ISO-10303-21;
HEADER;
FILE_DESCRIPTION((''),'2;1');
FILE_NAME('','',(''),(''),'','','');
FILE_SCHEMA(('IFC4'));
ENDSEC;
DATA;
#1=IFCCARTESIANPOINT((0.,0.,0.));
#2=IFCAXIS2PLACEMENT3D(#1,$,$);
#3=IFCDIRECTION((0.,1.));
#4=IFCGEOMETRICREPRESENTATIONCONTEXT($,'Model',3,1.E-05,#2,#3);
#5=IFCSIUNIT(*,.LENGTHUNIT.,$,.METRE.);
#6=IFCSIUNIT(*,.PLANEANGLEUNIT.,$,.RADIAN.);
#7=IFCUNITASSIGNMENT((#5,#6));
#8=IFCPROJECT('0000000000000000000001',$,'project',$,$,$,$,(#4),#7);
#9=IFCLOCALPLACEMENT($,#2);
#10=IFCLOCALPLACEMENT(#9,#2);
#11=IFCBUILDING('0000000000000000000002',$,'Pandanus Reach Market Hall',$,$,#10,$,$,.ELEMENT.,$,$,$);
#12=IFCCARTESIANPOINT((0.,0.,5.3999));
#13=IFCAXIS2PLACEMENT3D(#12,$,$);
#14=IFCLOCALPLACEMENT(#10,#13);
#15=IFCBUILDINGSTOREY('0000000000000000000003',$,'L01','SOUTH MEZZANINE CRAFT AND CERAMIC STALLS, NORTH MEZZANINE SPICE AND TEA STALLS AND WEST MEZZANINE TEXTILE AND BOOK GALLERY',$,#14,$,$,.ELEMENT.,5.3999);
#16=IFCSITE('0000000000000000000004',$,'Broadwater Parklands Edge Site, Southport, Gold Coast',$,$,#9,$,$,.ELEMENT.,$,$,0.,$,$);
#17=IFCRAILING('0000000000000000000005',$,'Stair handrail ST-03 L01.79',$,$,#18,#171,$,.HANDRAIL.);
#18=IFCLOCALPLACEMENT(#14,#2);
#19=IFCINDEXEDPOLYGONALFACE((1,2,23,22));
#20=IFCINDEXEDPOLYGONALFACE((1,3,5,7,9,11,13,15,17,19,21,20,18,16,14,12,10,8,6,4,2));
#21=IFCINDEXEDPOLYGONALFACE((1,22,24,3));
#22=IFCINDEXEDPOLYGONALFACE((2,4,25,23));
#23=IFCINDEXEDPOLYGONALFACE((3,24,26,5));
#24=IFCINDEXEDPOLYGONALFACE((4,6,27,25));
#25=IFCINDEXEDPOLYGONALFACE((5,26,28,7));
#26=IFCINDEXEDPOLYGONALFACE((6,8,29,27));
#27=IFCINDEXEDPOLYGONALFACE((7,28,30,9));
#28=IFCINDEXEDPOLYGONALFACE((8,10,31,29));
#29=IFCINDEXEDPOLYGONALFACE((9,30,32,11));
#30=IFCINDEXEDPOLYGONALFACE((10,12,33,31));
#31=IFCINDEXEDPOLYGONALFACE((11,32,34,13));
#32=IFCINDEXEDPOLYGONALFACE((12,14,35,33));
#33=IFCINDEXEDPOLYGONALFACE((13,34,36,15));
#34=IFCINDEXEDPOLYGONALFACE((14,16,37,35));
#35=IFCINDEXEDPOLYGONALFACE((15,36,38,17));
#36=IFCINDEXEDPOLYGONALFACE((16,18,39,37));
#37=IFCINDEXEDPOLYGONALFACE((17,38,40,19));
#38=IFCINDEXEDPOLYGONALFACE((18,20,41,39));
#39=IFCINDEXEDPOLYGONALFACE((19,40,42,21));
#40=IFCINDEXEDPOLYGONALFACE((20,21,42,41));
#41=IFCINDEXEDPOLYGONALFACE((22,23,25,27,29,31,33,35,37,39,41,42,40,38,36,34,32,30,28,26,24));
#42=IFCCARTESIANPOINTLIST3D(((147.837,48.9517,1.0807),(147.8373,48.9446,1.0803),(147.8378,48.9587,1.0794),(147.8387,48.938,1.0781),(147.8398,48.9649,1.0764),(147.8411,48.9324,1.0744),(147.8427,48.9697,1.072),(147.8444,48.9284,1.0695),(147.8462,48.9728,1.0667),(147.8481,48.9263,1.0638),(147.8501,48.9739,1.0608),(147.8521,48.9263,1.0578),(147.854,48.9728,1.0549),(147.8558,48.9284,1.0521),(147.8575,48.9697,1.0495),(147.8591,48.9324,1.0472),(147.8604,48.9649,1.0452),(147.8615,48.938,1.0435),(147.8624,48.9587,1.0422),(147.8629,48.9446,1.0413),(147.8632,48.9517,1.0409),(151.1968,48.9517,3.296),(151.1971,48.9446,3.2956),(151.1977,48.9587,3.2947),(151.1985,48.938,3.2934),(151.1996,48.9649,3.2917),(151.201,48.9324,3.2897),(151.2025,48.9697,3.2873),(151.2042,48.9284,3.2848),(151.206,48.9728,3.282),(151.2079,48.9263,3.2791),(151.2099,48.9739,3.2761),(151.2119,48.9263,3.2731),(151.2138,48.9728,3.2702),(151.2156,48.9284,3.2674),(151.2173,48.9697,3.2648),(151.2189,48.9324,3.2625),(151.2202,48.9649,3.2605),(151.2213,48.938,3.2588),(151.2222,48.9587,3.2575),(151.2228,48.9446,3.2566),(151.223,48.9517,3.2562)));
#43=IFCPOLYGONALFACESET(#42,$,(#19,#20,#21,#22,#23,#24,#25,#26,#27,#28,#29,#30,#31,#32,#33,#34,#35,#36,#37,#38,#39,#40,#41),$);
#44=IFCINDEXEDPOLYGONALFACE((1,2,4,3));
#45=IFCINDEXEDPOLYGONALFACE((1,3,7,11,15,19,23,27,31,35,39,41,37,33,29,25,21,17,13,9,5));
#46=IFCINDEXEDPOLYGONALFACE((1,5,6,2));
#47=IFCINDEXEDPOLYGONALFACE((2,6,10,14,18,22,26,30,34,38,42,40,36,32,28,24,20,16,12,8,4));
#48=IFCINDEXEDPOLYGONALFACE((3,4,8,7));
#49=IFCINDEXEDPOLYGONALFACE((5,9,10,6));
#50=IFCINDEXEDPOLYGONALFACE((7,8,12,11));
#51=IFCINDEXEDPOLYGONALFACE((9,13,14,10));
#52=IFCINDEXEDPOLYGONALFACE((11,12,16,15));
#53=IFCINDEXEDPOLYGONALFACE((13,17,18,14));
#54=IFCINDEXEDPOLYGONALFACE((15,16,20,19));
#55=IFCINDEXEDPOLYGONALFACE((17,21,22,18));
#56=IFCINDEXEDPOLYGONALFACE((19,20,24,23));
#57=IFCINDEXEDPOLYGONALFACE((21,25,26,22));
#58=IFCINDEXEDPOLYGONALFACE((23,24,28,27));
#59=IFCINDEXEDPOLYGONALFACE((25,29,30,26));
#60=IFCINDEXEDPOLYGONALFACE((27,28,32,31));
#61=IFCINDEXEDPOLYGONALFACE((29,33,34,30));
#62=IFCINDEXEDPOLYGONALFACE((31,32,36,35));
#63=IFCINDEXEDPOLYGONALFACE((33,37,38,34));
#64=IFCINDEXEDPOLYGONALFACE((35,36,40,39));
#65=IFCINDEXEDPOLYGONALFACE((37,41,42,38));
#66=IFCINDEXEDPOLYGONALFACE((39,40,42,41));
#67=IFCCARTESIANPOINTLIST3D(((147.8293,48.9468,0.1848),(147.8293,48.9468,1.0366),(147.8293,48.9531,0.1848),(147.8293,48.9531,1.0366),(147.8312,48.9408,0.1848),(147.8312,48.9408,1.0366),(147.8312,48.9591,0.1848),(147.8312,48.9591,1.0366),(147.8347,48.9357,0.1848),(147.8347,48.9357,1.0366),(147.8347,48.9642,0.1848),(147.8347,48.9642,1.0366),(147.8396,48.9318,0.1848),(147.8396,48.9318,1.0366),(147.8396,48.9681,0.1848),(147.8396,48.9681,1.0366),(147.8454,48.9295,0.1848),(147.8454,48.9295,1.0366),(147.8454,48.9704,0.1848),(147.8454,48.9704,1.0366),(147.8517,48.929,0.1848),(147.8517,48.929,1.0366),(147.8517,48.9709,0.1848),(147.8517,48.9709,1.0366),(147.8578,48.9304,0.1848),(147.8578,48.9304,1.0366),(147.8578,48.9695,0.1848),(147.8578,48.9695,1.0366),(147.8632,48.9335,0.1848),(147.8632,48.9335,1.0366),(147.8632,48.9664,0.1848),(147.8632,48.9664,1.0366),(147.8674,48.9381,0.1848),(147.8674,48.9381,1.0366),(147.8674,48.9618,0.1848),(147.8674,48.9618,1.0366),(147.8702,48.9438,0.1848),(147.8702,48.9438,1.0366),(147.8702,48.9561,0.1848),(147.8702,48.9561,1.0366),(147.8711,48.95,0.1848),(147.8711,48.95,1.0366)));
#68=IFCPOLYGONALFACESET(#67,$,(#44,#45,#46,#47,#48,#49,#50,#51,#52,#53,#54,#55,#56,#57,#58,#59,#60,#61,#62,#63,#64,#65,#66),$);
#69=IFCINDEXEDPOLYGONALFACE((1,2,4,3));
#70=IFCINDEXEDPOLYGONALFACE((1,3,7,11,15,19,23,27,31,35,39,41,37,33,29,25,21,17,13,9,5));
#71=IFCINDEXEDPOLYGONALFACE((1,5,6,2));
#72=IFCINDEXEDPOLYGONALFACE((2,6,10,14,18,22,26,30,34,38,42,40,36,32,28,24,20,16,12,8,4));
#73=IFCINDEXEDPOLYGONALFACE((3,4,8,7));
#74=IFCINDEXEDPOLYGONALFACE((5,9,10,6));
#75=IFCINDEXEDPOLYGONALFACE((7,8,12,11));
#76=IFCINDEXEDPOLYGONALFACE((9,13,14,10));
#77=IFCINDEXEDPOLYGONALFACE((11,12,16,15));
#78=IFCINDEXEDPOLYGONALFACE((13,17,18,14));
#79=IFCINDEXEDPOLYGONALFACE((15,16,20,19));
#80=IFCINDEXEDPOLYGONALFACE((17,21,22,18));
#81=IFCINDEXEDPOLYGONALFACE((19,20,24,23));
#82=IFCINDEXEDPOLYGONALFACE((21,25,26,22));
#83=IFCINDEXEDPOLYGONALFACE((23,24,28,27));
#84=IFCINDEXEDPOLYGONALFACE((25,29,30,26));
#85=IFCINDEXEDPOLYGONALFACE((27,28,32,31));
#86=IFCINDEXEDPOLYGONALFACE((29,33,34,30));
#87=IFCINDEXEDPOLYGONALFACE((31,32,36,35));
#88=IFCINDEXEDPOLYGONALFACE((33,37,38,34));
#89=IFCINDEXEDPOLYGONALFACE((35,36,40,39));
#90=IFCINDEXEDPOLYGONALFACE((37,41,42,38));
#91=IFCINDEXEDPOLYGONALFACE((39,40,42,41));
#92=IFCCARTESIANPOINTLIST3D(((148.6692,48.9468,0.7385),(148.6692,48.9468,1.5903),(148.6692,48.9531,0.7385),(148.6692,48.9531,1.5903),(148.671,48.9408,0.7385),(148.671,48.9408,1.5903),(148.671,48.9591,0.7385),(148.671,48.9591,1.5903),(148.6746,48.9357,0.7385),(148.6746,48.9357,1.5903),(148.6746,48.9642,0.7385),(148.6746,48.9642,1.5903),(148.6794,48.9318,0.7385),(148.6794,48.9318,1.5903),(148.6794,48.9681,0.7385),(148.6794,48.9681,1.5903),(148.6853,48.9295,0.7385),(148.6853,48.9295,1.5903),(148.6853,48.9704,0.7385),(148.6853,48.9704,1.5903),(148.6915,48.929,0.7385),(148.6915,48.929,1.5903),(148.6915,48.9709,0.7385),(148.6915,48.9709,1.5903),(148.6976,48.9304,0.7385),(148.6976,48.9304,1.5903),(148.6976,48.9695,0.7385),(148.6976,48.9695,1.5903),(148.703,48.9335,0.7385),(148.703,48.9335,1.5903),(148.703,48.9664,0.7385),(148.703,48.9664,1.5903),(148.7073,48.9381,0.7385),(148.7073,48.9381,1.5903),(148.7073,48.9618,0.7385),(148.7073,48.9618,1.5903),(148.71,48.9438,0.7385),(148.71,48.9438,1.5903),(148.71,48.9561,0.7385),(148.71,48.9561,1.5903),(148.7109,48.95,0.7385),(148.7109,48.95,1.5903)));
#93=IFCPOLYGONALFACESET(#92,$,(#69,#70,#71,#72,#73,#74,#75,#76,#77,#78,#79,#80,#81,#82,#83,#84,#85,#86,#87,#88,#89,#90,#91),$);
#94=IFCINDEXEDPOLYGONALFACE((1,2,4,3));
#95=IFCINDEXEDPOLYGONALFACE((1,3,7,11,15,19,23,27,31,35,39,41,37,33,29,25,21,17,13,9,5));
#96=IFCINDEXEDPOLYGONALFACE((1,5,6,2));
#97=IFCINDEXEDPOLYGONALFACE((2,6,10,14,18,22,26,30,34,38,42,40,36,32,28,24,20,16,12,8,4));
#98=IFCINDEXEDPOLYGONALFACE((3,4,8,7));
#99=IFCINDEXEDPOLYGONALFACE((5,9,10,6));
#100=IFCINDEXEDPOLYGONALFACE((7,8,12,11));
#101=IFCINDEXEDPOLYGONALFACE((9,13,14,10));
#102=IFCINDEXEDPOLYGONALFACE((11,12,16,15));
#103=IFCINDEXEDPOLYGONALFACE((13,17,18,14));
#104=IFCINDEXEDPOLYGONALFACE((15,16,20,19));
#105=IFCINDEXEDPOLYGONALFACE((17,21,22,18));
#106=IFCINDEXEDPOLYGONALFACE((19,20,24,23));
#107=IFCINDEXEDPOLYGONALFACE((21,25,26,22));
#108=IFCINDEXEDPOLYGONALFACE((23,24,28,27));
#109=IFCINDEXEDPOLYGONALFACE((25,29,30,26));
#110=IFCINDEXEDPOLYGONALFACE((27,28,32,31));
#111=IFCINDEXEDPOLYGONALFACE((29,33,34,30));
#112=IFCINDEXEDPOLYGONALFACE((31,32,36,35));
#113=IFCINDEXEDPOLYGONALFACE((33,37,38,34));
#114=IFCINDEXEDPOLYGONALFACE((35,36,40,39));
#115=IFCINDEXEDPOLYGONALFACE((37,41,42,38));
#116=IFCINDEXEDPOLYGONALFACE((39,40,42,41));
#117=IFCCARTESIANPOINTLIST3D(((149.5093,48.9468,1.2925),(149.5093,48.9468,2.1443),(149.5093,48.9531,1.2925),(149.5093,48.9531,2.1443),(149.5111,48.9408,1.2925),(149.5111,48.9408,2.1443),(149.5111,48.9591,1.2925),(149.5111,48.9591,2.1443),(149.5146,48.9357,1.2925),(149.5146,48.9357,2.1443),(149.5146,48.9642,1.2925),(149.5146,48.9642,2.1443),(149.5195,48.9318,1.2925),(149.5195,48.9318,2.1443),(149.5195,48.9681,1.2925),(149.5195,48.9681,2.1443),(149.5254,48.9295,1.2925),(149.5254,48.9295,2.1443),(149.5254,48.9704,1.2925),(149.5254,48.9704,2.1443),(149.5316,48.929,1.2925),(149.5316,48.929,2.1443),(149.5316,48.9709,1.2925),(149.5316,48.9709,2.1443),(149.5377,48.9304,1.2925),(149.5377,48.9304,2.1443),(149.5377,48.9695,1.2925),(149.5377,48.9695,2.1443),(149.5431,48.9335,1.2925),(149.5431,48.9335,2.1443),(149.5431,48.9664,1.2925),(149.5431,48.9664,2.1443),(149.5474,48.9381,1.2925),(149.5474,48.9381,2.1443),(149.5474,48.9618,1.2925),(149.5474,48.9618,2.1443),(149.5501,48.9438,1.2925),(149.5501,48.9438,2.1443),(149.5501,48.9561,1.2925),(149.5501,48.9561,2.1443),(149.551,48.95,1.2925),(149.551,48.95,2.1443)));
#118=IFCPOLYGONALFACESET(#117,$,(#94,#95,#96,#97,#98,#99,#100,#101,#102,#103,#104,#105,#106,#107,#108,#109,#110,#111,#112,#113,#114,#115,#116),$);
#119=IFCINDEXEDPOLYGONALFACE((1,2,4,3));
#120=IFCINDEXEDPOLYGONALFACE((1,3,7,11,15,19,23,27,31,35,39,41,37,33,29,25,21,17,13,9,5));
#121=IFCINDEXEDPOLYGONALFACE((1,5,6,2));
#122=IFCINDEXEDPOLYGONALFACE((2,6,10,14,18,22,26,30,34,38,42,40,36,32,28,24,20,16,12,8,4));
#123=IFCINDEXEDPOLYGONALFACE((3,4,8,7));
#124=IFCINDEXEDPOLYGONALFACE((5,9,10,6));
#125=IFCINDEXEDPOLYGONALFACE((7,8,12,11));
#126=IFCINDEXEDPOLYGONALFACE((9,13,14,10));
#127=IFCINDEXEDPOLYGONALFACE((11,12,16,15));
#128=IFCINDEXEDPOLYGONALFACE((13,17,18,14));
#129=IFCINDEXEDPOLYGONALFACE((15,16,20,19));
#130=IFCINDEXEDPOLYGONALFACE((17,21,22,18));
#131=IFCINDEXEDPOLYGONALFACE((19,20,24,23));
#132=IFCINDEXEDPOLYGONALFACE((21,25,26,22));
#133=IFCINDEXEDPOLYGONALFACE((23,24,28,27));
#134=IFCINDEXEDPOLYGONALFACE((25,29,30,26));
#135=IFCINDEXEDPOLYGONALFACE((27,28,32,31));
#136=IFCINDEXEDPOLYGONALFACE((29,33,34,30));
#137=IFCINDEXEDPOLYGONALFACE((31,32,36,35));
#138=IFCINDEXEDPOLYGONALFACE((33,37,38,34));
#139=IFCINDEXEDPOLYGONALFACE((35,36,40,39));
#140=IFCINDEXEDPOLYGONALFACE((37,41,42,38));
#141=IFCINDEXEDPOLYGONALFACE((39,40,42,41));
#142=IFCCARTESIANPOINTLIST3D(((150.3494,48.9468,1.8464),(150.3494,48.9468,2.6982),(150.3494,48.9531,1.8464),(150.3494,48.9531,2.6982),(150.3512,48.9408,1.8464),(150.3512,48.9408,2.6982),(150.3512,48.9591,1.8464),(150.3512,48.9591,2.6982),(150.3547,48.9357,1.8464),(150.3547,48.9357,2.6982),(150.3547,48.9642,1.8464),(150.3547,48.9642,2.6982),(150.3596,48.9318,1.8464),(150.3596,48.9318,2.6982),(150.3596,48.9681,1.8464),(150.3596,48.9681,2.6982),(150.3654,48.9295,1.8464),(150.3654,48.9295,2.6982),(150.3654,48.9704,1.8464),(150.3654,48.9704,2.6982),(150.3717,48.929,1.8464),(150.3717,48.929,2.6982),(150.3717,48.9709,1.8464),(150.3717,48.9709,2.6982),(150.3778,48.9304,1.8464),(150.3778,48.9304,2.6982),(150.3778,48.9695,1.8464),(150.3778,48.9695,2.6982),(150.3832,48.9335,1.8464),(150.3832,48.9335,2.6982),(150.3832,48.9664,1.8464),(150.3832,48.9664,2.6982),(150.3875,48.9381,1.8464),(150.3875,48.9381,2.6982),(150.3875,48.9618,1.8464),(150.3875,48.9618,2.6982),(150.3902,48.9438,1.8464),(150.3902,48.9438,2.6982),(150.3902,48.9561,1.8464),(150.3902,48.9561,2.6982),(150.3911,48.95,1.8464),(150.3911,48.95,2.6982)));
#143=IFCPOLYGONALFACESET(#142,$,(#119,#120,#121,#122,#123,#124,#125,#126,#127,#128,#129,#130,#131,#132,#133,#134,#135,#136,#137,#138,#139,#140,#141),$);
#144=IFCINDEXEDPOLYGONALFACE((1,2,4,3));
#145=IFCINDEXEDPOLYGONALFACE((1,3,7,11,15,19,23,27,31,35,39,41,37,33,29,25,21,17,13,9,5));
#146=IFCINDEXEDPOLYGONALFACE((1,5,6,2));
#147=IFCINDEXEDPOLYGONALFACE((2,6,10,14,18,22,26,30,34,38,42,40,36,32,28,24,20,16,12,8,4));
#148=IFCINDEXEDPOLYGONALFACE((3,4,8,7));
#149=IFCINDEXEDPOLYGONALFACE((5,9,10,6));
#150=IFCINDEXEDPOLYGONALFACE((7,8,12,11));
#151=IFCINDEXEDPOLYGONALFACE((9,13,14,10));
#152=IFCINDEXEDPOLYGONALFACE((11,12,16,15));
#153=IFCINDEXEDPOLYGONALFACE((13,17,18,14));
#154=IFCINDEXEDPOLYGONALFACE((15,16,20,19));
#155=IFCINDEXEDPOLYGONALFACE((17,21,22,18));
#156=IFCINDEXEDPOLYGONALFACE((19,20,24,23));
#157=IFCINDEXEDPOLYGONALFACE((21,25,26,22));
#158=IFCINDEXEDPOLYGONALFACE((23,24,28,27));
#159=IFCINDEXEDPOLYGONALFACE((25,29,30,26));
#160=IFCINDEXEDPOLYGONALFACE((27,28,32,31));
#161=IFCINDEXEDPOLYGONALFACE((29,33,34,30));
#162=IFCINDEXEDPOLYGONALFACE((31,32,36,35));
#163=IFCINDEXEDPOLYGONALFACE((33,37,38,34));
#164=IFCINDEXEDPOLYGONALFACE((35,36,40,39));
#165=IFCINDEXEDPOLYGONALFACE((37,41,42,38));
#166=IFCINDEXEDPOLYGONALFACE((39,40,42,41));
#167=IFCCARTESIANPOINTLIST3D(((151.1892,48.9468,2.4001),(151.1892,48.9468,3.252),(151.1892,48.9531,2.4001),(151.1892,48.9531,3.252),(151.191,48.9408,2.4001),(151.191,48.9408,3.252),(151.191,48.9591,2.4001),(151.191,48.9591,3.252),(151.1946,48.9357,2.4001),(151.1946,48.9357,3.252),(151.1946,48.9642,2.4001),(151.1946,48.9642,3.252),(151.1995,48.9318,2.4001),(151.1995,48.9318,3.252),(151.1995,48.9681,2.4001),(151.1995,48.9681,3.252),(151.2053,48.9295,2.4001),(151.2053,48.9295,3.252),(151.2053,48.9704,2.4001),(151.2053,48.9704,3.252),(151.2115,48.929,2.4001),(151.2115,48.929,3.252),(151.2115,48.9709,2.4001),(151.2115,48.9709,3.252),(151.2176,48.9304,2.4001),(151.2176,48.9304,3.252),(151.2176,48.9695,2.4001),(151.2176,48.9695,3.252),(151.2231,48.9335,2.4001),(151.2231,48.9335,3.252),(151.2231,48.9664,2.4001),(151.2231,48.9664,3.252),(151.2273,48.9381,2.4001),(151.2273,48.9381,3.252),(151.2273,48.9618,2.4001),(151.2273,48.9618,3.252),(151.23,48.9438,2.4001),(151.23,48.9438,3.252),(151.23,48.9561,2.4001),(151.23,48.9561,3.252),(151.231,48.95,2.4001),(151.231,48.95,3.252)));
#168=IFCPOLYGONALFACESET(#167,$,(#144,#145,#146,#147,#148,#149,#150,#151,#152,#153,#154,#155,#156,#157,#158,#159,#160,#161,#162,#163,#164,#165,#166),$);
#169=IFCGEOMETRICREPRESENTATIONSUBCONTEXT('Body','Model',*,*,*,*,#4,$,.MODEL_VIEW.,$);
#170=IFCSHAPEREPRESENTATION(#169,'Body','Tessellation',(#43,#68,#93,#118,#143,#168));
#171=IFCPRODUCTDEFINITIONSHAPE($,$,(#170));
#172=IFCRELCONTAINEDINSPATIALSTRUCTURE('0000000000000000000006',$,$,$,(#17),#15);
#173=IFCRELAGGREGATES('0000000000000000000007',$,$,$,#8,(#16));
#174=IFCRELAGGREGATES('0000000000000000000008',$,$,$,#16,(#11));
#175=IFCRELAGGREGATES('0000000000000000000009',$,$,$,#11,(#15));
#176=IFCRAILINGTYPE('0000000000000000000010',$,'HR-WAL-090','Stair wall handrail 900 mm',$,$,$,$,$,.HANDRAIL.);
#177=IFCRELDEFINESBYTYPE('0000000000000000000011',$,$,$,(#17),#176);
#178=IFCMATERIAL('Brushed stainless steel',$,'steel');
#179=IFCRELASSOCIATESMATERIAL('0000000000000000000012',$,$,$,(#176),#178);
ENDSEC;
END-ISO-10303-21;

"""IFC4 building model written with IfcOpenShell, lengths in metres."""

from ifc_helpers import new_model, si_unit, direction, frame, origin, origin_2d, place, context, subcontext, project, spatial, circle, extrude, material, type_object, element, save


model = new_model("IFC4")

# Units and contexts
model_context = context("Model", 3, precision=1e-05, world=origin(), true_north=direction((0.0, 1.0)))
body_context = subcontext(model_context, "Body", "Model", "MODEL_VIEW")
ifc_project = project(units=[si_unit("LENGTHUNIT", "METRE"), si_unit("PLANEANGLEUNIT", "RADIAN")], contexts=[model_context])

# Site, building, storey
site_placement = place(None, origin())
site = spatial("IfcSite", under=ifc_project, at=site_placement, Name="Broadwater Parklands Edge Site, Southport, Gold Coast", CompositionType="ELEMENT", RefElevation=0.0)
building_placement = place(site_placement, origin())
building = spatial("IfcBuilding", under=site, at=building_placement, Name="Pandanus Reach Market Hall", CompositionType="ELEMENT")
storey_placement = place(building_placement, frame((0.0, 0.0, 5.3999)))
storey = spatial("IfcBuildingStorey", under=building, at=storey_placement, Name="L01", Description="SOUTH MEZZANINE CRAFT AND CERAMIC STALLS, NORTH MEZZANINE SPICE AND TEA STALLS AND WEST MEZZANINE TEXTILE AND BOOK GALLERY", CompositionType="ELEMENT", Elevation=5.3999)

# Railing
ifc_material_1 = material(Name="Brushed stainless steel", Category="steel")
railing_type_1 = type_object("IfcRailingType", Name="HR-WAL-090", Description="Stair wall handrail 900 mm", PredefinedType="HANDRAIL", material=ifc_material_1)
railing_1_placement = place(storey_placement, frame((147.8501, 48.95, 0.1848)))
element("IfcRailing", 1, at=railing_1_placement, inside=storey, type_object=railing_type_1, Name="Stair handrail ST-03 L01.79", PredefinedType="HANDRAIL", context=body_context, shape_type="SweptSolid", body=[
    extrude(circle(Radius=0.0239, at=origin_2d()), frame((0.0, 0.0, 0.876), z_axis=(0.834858, 0.0, 0.550465), x_axis=(0.0, 1.0, 0.0)), (0.0, 0.0, 1.0), 4.0244),
    extrude(circle(Radius=0.021, at=origin_2d()), origin(), (0.0, 0.0, 1.0), 0.8518),
    extrude(circle(Radius=0.021, at=origin_2d()), frame((0.8398, 0.0, 0.5537)), (0.0, 0.0, 1.0), 0.8518),
    extrude(circle(Radius=0.021, at=origin_2d()), frame((1.6799, 0.0, 1.1077)), (0.0, 0.0, 1.0), 0.8518),
    extrude(circle(Radius=0.021, at=origin_2d()), frame((2.52, 0.0, 1.6616)), (0.0, 0.0, 1.0), 0.8518),
    extrude(circle(Radius=0.021, at=origin_2d()), frame((3.3599, 0.0, 2.2153)), (0.0, 0.0, 1.0), 0.8518),
])

save(model, "model.ifc")
